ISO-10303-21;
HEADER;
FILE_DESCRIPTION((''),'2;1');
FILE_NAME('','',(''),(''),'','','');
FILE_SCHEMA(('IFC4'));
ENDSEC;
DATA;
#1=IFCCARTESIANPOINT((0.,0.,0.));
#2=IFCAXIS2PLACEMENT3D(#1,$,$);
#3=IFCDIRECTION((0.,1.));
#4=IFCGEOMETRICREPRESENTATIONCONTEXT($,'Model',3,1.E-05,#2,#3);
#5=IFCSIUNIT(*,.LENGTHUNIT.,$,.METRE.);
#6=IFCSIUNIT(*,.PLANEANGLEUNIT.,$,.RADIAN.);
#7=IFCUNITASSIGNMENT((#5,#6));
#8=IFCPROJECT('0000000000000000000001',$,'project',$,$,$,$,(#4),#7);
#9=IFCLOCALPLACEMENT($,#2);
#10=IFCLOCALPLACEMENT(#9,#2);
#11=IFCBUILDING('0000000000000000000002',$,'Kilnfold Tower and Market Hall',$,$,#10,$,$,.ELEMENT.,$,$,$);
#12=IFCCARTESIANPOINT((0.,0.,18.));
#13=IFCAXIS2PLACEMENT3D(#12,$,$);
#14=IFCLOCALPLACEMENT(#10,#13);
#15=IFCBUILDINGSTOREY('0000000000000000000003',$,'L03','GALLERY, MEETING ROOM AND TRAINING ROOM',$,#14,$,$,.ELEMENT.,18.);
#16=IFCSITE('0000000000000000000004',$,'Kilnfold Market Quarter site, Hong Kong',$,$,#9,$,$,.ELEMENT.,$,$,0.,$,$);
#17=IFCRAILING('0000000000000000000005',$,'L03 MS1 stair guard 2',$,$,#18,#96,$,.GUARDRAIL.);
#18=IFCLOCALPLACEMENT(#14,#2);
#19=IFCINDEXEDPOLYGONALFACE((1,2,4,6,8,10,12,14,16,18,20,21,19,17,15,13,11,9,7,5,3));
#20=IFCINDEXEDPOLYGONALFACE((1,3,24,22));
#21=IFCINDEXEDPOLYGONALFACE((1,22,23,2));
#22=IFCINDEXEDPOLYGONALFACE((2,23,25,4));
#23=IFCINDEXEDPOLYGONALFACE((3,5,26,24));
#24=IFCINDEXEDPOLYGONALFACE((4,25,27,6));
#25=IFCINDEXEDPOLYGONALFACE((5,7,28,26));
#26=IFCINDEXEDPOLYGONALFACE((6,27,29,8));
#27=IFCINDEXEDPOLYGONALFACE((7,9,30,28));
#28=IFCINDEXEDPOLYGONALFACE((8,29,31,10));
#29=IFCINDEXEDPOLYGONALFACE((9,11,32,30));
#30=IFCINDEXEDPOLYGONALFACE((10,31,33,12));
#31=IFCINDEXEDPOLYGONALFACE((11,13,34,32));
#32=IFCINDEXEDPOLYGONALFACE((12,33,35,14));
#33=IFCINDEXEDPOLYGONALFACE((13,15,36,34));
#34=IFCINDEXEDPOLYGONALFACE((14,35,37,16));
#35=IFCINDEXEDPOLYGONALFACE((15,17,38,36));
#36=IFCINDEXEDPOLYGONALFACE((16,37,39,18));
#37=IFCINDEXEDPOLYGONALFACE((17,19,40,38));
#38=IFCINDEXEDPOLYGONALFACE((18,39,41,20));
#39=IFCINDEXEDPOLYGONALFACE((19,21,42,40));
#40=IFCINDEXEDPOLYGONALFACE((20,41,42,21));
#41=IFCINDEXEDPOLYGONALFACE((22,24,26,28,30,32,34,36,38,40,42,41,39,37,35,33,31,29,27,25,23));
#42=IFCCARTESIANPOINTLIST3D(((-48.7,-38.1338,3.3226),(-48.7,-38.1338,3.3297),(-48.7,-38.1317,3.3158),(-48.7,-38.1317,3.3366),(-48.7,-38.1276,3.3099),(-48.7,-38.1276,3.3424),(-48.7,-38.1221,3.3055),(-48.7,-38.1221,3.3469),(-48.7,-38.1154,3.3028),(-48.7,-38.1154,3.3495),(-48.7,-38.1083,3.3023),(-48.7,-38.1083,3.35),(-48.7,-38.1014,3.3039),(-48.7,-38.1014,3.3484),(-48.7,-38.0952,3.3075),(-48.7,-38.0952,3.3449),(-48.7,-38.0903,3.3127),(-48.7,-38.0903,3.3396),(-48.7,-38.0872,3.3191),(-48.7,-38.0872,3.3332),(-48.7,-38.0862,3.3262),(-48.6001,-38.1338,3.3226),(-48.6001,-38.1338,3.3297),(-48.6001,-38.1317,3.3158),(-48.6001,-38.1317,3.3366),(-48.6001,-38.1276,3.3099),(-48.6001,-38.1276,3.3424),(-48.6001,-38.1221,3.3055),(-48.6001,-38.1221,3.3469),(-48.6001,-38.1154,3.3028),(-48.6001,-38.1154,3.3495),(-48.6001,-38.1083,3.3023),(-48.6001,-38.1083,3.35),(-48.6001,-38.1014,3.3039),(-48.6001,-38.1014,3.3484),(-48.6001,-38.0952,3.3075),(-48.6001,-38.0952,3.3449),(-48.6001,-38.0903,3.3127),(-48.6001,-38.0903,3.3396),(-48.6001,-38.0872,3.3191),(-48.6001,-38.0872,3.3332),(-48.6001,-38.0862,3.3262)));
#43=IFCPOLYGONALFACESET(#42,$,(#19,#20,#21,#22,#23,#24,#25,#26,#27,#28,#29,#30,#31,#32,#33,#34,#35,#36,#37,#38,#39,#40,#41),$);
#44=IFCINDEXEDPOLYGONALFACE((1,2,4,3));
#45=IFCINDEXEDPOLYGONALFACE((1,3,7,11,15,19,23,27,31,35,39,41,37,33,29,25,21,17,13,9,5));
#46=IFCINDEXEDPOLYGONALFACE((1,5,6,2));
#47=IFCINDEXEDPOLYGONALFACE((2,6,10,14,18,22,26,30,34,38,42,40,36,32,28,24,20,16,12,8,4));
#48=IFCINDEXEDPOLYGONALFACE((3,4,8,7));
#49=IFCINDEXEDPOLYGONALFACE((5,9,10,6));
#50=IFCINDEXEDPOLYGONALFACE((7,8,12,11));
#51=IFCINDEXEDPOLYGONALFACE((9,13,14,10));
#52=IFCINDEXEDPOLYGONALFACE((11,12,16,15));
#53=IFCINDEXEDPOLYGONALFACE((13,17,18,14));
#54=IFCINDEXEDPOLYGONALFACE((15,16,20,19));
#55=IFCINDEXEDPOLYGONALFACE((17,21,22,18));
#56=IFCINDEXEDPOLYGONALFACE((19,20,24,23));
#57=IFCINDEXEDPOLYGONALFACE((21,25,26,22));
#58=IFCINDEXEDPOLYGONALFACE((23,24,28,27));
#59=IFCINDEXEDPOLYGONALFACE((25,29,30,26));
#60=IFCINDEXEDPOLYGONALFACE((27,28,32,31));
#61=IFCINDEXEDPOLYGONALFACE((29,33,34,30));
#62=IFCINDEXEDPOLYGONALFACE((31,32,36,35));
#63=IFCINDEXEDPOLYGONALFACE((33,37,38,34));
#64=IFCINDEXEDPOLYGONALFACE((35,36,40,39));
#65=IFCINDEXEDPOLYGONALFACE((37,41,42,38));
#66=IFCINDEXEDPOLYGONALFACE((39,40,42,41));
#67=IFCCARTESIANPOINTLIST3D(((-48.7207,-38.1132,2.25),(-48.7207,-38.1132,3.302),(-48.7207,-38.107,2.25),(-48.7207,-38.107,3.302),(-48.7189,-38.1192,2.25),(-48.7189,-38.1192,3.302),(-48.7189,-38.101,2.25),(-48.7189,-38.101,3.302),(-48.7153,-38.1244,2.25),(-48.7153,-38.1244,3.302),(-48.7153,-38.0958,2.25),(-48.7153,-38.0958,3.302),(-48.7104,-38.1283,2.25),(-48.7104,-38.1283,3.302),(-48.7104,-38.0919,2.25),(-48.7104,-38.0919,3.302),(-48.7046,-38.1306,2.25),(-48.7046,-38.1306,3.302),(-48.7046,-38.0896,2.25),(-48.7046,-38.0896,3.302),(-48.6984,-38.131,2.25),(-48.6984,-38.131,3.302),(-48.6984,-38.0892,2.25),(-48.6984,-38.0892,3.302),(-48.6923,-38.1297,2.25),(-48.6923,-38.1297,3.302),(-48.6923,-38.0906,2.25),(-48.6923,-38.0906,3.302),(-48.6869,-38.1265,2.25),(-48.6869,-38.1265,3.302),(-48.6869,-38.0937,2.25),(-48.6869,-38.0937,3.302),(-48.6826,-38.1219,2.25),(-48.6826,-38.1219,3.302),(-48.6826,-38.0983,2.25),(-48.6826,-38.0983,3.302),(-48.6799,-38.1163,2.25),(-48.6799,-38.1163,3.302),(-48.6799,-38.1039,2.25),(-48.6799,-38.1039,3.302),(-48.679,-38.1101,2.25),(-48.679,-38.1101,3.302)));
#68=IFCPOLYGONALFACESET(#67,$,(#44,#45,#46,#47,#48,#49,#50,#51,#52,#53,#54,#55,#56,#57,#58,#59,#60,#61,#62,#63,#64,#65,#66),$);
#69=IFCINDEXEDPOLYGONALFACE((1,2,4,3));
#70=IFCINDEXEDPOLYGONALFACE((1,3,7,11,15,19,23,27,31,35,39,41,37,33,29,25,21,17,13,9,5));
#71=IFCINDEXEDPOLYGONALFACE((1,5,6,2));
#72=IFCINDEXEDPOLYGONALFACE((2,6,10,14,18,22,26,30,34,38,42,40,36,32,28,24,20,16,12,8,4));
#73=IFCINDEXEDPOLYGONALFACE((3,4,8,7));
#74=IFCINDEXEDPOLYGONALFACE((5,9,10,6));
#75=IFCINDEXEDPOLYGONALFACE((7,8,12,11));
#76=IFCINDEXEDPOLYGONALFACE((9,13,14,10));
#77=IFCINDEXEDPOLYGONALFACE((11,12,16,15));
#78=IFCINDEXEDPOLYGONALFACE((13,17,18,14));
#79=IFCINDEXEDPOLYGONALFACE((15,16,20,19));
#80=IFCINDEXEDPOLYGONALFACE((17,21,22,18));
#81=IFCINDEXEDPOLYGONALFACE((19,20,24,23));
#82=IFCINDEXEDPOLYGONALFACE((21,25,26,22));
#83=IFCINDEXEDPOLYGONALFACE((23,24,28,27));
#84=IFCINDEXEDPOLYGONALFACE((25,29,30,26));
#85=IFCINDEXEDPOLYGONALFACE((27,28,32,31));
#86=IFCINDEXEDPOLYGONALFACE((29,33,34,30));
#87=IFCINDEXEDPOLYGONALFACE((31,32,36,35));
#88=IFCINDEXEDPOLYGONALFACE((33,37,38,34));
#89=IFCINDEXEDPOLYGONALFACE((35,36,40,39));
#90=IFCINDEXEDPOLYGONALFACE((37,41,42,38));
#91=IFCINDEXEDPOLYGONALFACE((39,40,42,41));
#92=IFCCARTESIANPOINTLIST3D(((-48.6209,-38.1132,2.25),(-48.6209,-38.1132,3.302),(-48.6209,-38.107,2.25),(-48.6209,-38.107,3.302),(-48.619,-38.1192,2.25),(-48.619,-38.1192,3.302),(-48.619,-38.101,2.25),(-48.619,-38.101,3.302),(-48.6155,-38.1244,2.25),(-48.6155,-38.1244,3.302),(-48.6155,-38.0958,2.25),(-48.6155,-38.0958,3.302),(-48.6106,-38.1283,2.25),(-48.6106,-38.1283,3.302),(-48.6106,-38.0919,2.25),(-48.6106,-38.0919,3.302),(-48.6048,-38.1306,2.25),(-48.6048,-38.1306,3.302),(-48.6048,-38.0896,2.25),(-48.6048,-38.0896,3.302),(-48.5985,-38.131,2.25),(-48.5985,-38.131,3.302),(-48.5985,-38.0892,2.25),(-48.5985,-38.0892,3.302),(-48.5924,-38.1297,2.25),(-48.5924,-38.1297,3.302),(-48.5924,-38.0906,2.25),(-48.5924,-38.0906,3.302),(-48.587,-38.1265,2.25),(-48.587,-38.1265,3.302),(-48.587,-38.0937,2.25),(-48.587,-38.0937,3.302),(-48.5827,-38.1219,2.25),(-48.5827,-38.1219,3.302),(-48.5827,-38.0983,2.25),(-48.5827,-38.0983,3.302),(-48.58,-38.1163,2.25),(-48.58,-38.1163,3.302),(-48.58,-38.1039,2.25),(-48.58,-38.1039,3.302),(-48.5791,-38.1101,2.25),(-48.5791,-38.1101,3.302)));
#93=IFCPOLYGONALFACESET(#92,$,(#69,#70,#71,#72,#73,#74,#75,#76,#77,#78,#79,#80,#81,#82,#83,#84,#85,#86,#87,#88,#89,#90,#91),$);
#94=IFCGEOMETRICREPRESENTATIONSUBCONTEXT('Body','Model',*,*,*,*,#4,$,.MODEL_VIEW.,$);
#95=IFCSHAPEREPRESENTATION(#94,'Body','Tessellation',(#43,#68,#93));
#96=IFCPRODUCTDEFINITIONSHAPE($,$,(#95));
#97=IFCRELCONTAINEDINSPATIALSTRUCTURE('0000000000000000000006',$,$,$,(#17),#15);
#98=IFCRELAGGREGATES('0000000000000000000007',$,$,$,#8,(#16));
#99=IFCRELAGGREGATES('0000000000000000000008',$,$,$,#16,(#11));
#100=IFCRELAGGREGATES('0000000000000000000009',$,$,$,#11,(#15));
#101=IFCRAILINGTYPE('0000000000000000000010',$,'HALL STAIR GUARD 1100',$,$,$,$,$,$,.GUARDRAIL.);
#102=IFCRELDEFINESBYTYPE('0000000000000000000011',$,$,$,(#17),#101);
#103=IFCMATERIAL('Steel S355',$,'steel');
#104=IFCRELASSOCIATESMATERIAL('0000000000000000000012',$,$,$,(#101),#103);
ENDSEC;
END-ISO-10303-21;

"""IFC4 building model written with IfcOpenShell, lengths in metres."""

from ifc_helpers import new_model, si_unit, direction, frame, origin, origin_2d, place, context, subcontext, project, spatial, circle, extrude, material, type_object, element, save


model = new_model("IFC4")

# Units and contexts
model_context = context("Model", 3, precision=1e-05, world=origin(), true_north=direction((0.0, 1.0)))
body_context = subcontext(model_context, "Body", "Model", "MODEL_VIEW")
ifc_project = project(units=[si_unit("LENGTHUNIT", "METRE"), si_unit("PLANEANGLEUNIT", "RADIAN")], contexts=[model_context])

# Site, building, storey
site_placement = place(None, origin())
site = spatial("IfcSite", under=ifc_project, at=site_placement, Name="Kilnfold Market Quarter site, Hong Kong", CompositionType="ELEMENT", RefElevation=0.0)
building_placement = place(site_placement, origin())
building = spatial("IfcBuilding", under=site, at=building_placement, Name="Kilnfold Tower and Market Hall", CompositionType="ELEMENT")
storey_placement = place(building_placement, frame((0.0, 0.0, 18.0)))
storey = spatial("IfcBuildingStorey", under=building, at=storey_placement, Name="L03", Description="GALLERY, MEETING ROOM AND TRAINING ROOM", CompositionType="ELEMENT", Elevation=18.0)

# Railing
ifc_material_1 = material(Name="Steel S355", Category="steel")
railing_type_1 = type_object("IfcRailingType", Name="HALL STAIR GUARD 1100", PredefinedType="GUARDRAIL", material=ifc_material_1)
railing_1_placement = place(storey_placement, frame((-48.7, -38.1101, 2.25)))
element("IfcRailing", 1, at=railing_1_placement, inside=storey, type_object=railing_type_1, Name="L03 MS1 stair guard 2", PredefinedType="GUARDRAIL", context=body_context, shape_type="SweptSolid", body=[
    extrude(circle(Radius=0.0239, at=origin_2d()), frame((0.0, 0.0, 1.0762), z_axis=(1.0, 0.0, 0.0), x_axis=(0.0, 1.0, 0.0)), (0.0, 0.0, 1.0), 0.0999),
    extrude(circle(Radius=0.021, at=origin_2d()), origin(), (0.0, 0.0, 1.0), 1.052),
    extrude(circle(Radius=0.021, at=origin_2d()), frame((0.0999, 0.0, 0.0)), (0.0, 0.0, 1.0), 1.052),
])

save(model, "model.ifc")
